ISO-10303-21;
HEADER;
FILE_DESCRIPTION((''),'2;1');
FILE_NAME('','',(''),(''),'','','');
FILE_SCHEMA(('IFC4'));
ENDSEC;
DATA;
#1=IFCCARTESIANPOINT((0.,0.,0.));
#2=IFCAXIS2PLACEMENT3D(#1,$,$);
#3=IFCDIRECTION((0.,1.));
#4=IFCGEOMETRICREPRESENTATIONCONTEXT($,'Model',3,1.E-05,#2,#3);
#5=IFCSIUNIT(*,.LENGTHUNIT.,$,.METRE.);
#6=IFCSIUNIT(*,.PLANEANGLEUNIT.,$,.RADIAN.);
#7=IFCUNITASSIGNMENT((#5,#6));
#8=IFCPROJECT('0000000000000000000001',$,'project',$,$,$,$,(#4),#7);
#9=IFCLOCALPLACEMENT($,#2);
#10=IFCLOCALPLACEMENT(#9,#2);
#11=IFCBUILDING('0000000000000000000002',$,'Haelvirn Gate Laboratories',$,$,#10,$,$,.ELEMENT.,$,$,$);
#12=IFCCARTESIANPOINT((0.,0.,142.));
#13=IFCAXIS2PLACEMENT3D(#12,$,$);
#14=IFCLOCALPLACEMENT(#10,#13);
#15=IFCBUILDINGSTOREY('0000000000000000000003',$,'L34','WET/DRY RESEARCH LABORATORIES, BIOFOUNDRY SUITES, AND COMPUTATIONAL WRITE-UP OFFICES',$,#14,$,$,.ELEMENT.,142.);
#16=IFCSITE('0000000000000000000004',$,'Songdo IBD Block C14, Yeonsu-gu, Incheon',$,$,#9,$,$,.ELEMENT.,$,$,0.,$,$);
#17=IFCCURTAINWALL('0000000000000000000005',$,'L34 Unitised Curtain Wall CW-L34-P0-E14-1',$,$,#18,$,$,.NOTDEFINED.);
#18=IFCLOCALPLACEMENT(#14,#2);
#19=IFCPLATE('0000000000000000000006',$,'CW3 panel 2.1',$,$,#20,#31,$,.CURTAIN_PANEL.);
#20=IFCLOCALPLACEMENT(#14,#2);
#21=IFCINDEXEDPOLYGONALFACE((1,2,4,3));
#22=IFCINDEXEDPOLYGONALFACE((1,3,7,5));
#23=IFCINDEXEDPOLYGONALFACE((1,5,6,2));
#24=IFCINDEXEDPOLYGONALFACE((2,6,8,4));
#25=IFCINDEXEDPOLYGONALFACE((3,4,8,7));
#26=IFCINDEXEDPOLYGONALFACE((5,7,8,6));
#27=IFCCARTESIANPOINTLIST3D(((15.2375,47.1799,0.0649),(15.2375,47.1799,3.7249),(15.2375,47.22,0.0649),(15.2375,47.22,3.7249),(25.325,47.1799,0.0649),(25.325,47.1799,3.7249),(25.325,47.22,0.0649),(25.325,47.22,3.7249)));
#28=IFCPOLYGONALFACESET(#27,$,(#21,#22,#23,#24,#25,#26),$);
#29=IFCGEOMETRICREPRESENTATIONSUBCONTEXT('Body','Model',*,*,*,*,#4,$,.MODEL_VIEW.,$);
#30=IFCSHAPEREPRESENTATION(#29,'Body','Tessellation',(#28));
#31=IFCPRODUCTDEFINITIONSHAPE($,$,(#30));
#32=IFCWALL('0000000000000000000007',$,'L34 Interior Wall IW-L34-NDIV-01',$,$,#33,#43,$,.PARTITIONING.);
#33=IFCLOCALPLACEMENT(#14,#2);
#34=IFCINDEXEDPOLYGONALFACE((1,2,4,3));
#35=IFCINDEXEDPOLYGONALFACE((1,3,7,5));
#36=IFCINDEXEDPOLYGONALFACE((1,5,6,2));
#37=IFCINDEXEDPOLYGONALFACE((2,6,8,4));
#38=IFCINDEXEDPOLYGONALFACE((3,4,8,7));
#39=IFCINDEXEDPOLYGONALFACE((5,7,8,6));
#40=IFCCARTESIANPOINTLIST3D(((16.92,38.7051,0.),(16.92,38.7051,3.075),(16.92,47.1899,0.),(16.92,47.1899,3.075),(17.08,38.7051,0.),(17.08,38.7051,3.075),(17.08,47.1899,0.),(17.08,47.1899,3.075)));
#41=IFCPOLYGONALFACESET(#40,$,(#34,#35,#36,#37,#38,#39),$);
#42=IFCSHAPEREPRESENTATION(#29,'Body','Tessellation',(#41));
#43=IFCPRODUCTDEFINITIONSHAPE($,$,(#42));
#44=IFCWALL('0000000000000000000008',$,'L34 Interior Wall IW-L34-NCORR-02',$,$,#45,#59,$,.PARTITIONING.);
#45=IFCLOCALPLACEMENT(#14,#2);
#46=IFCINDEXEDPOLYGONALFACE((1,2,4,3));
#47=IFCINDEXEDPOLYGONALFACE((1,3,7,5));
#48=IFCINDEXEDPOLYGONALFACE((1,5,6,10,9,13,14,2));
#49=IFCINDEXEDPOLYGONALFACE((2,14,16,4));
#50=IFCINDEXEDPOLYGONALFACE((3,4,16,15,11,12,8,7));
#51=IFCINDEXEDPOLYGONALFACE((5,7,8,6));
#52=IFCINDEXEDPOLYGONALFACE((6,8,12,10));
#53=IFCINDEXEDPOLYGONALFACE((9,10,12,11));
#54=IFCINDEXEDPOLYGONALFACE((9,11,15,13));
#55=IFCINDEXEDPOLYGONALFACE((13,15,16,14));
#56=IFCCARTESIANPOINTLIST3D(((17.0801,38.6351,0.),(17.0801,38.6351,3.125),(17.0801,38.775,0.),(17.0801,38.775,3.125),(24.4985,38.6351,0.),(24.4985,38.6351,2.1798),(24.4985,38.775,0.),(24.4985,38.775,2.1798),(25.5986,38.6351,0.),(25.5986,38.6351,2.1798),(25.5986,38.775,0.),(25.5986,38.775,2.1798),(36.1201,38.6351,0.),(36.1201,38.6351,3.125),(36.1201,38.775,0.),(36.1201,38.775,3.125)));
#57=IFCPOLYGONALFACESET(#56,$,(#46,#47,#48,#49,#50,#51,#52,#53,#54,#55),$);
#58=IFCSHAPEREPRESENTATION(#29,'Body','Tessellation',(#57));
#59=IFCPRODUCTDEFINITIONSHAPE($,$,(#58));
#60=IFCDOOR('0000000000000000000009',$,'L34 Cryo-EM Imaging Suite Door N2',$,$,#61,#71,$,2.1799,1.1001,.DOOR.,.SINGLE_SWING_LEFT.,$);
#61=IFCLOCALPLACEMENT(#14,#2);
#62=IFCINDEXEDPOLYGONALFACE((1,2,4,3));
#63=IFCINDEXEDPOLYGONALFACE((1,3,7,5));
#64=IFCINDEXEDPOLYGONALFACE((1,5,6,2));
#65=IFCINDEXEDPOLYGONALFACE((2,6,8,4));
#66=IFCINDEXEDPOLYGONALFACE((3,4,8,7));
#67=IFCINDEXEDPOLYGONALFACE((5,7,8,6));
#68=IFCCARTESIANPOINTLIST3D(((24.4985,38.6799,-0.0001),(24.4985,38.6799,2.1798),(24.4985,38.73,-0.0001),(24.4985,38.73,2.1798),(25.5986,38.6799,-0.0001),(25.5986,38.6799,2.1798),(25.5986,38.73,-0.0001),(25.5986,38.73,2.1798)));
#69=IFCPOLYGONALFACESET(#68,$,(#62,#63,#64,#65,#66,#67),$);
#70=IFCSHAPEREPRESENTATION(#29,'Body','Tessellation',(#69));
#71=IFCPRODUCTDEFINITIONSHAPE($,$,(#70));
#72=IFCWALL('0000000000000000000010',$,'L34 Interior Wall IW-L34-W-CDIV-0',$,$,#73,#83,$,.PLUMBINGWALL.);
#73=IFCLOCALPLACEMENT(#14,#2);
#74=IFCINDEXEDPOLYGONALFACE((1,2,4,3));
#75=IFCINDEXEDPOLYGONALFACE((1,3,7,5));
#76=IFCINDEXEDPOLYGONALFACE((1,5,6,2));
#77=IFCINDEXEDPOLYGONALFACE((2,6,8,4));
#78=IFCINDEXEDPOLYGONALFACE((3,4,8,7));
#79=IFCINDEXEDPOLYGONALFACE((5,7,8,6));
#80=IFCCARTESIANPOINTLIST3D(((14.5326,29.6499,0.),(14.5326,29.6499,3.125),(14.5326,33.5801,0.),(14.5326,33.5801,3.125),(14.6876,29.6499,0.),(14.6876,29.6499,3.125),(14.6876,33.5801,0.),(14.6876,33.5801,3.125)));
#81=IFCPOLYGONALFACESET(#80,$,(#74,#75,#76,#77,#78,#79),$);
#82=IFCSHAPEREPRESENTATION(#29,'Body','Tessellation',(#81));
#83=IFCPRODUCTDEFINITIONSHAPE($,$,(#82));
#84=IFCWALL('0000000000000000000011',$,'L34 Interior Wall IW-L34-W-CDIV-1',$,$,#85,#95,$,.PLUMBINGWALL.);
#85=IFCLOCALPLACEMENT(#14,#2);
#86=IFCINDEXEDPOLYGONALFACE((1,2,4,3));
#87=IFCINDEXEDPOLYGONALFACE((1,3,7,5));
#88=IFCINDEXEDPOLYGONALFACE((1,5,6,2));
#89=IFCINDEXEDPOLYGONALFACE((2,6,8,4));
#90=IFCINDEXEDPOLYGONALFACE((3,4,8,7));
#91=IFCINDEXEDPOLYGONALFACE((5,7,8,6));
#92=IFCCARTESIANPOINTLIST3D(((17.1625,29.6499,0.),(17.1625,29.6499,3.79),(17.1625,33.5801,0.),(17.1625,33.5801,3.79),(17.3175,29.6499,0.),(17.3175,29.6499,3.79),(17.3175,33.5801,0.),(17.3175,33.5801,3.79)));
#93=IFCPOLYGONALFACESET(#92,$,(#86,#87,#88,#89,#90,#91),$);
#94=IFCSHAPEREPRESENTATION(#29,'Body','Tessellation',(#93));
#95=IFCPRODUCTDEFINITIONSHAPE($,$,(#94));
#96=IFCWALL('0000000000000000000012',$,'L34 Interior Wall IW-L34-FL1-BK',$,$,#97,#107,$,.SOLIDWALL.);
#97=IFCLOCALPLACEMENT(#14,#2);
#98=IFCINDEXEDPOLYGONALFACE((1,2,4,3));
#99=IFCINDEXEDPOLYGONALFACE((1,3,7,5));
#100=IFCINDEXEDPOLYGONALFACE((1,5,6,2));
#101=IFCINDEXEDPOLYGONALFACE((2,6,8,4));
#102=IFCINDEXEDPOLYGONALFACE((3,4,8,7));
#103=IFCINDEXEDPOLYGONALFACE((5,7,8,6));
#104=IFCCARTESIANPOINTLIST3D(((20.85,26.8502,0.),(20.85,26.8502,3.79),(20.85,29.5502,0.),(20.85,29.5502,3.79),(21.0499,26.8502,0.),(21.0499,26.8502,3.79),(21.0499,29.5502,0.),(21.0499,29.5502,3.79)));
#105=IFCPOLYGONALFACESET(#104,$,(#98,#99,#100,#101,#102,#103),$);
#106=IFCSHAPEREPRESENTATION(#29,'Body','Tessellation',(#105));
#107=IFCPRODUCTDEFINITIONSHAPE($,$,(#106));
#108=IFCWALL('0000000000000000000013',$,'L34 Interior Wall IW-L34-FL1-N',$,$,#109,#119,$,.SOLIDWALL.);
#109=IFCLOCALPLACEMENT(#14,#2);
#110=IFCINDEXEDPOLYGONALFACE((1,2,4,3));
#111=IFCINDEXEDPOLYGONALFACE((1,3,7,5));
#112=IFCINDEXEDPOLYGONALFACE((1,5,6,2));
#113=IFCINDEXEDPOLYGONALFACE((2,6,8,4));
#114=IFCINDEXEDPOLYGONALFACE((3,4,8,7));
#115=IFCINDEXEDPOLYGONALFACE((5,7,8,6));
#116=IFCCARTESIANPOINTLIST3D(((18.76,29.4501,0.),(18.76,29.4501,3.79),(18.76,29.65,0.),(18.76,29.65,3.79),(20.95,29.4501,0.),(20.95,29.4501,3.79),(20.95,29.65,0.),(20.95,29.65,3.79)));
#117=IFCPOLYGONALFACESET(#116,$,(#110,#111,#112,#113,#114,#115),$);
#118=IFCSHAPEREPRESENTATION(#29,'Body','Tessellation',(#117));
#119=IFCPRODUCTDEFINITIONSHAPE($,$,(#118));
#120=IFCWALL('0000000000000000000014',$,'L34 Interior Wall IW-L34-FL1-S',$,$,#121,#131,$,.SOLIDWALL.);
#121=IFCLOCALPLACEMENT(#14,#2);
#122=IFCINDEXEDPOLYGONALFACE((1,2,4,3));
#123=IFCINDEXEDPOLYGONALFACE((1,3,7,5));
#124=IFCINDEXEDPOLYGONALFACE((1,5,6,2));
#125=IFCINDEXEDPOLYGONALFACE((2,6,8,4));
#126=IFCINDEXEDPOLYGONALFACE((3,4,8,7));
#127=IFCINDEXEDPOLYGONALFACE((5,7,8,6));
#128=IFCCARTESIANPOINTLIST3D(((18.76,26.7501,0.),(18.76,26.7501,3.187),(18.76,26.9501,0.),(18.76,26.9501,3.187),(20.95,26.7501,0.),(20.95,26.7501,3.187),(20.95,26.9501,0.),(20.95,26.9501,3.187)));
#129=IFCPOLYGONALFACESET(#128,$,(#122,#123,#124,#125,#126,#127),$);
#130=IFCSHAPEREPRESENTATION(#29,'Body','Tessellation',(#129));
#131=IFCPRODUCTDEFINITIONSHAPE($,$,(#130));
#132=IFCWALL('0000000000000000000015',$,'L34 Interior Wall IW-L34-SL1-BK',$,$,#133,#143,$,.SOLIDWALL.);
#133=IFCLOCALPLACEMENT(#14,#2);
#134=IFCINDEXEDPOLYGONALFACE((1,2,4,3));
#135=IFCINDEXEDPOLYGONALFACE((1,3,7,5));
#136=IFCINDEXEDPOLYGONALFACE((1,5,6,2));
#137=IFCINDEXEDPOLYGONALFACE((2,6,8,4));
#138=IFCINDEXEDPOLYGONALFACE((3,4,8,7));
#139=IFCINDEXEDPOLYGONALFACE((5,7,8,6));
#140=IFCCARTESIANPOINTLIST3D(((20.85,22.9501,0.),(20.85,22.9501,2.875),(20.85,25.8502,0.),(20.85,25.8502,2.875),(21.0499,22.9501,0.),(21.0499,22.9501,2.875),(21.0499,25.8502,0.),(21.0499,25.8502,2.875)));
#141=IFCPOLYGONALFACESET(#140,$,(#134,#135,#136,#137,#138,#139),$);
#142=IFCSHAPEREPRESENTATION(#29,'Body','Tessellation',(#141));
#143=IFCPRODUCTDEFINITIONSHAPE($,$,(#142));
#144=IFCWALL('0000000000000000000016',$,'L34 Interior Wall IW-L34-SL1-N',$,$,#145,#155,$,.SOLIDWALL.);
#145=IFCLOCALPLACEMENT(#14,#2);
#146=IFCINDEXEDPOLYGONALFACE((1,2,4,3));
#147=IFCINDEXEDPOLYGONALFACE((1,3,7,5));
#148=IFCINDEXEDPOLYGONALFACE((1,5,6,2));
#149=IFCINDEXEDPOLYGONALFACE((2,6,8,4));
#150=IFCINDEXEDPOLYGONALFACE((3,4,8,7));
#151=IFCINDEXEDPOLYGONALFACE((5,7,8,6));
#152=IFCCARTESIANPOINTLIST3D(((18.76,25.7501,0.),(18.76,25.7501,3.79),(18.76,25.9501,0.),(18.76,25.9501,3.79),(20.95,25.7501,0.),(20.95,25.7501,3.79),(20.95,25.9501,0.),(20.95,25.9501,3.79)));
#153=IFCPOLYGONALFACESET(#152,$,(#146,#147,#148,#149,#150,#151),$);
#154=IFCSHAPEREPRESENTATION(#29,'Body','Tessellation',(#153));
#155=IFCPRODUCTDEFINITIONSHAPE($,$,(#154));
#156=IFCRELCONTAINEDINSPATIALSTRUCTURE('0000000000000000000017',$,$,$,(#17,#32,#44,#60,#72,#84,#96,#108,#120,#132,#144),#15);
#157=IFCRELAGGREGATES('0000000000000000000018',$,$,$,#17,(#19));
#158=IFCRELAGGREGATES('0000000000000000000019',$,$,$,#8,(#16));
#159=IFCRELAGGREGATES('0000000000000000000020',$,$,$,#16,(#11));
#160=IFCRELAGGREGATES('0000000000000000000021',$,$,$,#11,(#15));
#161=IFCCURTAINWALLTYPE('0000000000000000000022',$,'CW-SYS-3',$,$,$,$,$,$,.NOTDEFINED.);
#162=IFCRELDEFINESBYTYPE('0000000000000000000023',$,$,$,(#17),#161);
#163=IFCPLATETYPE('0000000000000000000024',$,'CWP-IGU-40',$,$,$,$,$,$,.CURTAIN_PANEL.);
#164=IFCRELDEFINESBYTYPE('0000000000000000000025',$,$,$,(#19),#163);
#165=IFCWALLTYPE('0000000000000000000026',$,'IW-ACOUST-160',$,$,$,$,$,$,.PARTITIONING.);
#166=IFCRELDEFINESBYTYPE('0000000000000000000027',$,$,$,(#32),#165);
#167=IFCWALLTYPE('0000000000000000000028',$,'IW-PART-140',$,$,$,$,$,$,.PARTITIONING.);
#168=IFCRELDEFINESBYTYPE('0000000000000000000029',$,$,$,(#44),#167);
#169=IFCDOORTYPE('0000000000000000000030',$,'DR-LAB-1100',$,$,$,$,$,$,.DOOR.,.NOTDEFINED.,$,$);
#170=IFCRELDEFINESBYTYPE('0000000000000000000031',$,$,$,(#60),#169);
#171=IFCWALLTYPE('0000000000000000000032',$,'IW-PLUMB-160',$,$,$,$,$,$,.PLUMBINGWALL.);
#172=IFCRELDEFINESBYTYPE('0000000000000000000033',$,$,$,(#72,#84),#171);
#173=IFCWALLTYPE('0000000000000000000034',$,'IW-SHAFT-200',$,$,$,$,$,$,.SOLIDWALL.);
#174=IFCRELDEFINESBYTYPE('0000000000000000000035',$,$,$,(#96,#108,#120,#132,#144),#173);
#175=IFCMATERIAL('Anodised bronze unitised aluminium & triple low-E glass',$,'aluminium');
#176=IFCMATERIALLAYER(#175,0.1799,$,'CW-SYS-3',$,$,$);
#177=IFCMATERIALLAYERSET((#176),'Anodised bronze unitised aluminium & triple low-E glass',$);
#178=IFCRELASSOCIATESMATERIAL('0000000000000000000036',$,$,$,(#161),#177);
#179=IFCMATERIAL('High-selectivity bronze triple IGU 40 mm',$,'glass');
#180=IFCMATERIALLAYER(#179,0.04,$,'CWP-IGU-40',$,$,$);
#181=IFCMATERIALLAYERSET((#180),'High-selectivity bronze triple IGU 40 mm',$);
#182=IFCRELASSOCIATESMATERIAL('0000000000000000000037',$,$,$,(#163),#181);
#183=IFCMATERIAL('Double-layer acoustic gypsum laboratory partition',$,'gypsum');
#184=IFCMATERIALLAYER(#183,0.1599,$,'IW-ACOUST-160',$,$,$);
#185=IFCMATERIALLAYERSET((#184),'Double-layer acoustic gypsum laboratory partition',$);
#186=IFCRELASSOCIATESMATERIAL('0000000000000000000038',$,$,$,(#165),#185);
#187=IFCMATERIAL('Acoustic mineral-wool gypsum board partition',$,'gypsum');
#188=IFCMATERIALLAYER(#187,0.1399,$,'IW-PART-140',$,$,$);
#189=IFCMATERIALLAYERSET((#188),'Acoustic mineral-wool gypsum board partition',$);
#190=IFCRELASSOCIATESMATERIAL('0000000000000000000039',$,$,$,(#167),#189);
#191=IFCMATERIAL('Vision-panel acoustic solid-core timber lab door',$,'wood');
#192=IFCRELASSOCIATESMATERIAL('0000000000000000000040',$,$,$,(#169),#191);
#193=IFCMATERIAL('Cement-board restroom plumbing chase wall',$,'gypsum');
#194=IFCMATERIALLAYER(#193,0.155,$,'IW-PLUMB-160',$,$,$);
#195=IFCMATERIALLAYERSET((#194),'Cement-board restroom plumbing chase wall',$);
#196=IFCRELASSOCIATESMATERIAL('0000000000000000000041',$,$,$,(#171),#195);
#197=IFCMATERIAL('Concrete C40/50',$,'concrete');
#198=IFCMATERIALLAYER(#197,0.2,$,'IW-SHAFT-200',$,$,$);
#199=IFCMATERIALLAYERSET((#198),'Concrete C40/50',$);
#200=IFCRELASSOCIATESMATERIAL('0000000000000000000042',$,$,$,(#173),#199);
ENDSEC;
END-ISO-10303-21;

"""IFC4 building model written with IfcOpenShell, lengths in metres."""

from ifc_helpers import new_model, si_unit, direction, frame, frame_2d, origin, origin_2d, place, context, subcontext, project, spatial, rectangle, extrude, source, transform, mapped, material, layer, layer_set, type_object, type_shapes, element, fill, aggregate, save


model = new_model("IFC4")

# Units and contexts
model_context = context("Model", 3, precision=1e-05, world=origin(), true_north=direction((0.0, 1.0)))
body_context = subcontext(model_context, "Body", "Model", "MODEL_VIEW")
ifc_project = project(units=[si_unit("LENGTHUNIT", "METRE"), si_unit("PLANEANGLEUNIT", "RADIAN")], contexts=[model_context])

# Site, building, storey
site_placement = place(None, origin())
site = spatial("IfcSite", under=ifc_project, at=site_placement, Name="Songdo IBD Block C14, Yeonsu-gu, Incheon", CompositionType="ELEMENT", RefElevation=0.0)
building_placement = place(site_placement, origin())
building = spatial("IfcBuilding", under=site, at=building_placement, Name="Haelvirn Gate Laboratories", CompositionType="ELEMENT")
storey_placement = place(building_placement, frame((0.0, 0.0, 142.0)))
storey = spatial("IfcBuildingStorey", under=building, at=storey_placement, Name="L34", Description="WET/DRY RESEARCH LABORATORIES, BIOFOUNDRY SUITES, AND COMPUTATIONAL WRITE-UP OFFICES", CompositionType="ELEMENT", Elevation=142.0)

# Curtain wall, plate
ifc_material_1 = material(Name="Anodised bronze unitised aluminium & triple low-E glass", Category="aluminium")
ifc_layer_1 = layer(ifc_material_1, 0.1799, Name="CW-SYS-3")
ifc_layer_set_1 = layer_set([ifc_layer_1], Name="Anodised bronze unitised aluminium & triple low-E glass")
curtain_wall_type = type_object("IfcCurtainWallType", Name="CW-SYS-3", PredefinedType="NOTDEFINED", material=ifc_layer_set_1)
curtain_wall_placement = place(storey_placement, origin())
curtain_wall = element("IfcCurtainWall", 1, at=curtain_wall_placement, inside=storey, type_object=curtain_wall_type, Name="L34 Unitised Curtain Wall CW-L34-P0-E14-1", PredefinedType="NOTDEFINED")
ifc_material_2 = material(Name="High-selectivity bronze triple IGU 40 mm", Category="glass")
ifc_layer_2 = layer(ifc_material_2, 0.04, Name="CWP-IGU-40")
ifc_layer_set_2 = layer_set([ifc_layer_2], Name="High-selectivity bronze triple IGU 40 mm")
plate_type = type_object("IfcPlateType", Name="CWP-IGU-40", PredefinedType="CURTAIN_PANEL", material=ifc_layer_set_2)
shared_shape_1 = source(origin(), body_context, "Body", "SweptSolid", [
    extrude(rectangle(XDim=10.0874, YDim=0.04, at=origin_2d()), origin(), (0.0, 0.0, 1.0), 3.6599),
])
type_shapes(plate_type, [shared_shape_1])
plate_placement = place(storey_placement, frame((20.2812, 47.2, 0.0649), z_axis=(0.0, 0.0, 1.0), x_axis=(1.0, 0.0, 0.0)))
plate = element("IfcPlate", 2, at=plate_placement, type_object=plate_type, Name="CW3 panel 2.1", PredefinedType="CURTAIN_PANEL", context=body_context, shape_type="MappedRepresentation", body=[
    mapped(shared_shape_1, transform((0.0, 0.0, 0.0), scale=1.0)),
])
aggregate(curtain_wall, [plate])

# Wall
ifc_material_3 = material(Name="Double-layer acoustic gypsum laboratory partition", Category="gypsum")
ifc_layer_3 = layer(ifc_material_3, 0.1599, Name="IW-ACOUST-160")
ifc_layer_set_3 = layer_set([ifc_layer_3], Name="Double-layer acoustic gypsum laboratory partition")
wall_type_1 = type_object("IfcWallType", Name="IW-ACOUST-160", PredefinedType="PARTITIONING", material=ifc_layer_set_3)
wall_1_placement = place(storey_placement, frame((17.0, 38.7051, 0.0), z_axis=(0.0, 0.0, 1.0), x_axis=(0.0, 1.0, 0.0)))
element("IfcWall", 3, at=wall_1_placement, inside=storey, type_object=wall_type_1, Name="L34 Interior Wall IW-L34-NDIV-01", PredefinedType="PARTITIONING", context=body_context, shape_type="SweptSolid", body=[
    extrude(rectangle(XDim=8.4849, YDim=0.1599, at=frame_2d((4.2424, 0.0))), origin(), (0.0, 0.0, 1.0), 3.075),
])

# Wall, opening, door
ifc_material_4 = material(Name="Acoustic mineral-wool gypsum board partition", Category="gypsum")
ifc_layer_4 = layer(ifc_material_4, 0.1399, Name="IW-PART-140")
ifc_layer_set_4 = layer_set([ifc_layer_4], Name="Acoustic mineral-wool gypsum board partition")
wall_type_2 = type_object("IfcWallType", Name="IW-PART-140", PredefinedType="PARTITIONING", material=ifc_layer_set_4)
wall_2_placement = place(storey_placement, frame((17.0801, 38.7051, 0.0), z_axis=(0.0, 0.0, 1.0), x_axis=(1.0, 0.0, 0.0)))
wall_2 = element("IfcWall", 4, at=wall_2_placement, inside=storey, type_object=wall_type_2, Name="L34 Interior Wall IW-L34-NCORR-02", PredefinedType="PARTITIONING", context=body_context, shape_type="SweptSolid", body=[
    extrude(rectangle(XDim=19.04, YDim=0.1399, at=frame_2d((9.52, 0.0))), origin(), (0.0, 0.0, 1.0), 3.125),
])
opening_1_placement = place(wall_2_placement, frame((7.4185, 0.0, 0.0)))
opening_1 = element("IfcOpeningElement", 5, at=opening_1_placement, cuts=wall_2, PredefinedType="OPENING", context=body_context, shape_type="SweptSolid", body=[
    extrude(rectangle(XDim=1.1001, YDim=2.1799, at=frame_2d((0.55, 1.0898))), frame((0.0, 0.0801, 0.0), z_axis=(0.0, -1.0, 0.0), x_axis=(1.0, 0.0, 0.0)), (0.0, 0.0, 1.0), 0.1599),
])
ifc_material_5 = material(Name="Vision-panel acoustic solid-core timber lab door", Category="wood")
door_type_1 = type_object("IfcDoorType", Name="DR-LAB-1100", OperationType="NOTDEFINED", PredefinedType="DOOR", material=ifc_material_5)
shared_shape_2 = source(origin(), body_context, "Body", "SweptSolid", [
    extrude(rectangle(XDim=1.1001, YDim=2.1799, at=frame_2d((0.55, 1.0898))), frame((0.0, 0.0249, 0.0), z_axis=(0.0, -1.0, 0.0), x_axis=(1.0, 0.0, 0.0)), (0.0, 0.0, 1.0), 0.05),
])
type_shapes(door_type_1, [shared_shape_2])
door_1_placement = place(opening_1_placement, origin())
door_1 = element("IfcDoor", 6, at=door_1_placement, inside=storey, type_object=door_type_1, Name="L34 Cryo-EM Imaging Suite Door N2", OperationType="SINGLE_SWING_LEFT", OverallHeight=2.1799, OverallWidth=1.1001, PredefinedType="DOOR", context=body_context, shape_type="MappedRepresentation", body=[
    mapped(shared_shape_2, transform((0.0, 0.0, 0.0), scale=1.0)),
])
fill(opening_1, door_1)

# Walls
ifc_material_6 = material(Name="Cement-board restroom plumbing chase wall", Category="gypsum")
ifc_layer_5 = layer(ifc_material_6, 0.155, Name="IW-PLUMB-160")
ifc_layer_set_5 = layer_set([ifc_layer_5], Name="Cement-board restroom plumbing chase wall")
wall_type_3 = type_object("IfcWallType", Name="IW-PLUMB-160", PredefinedType="PLUMBINGWALL", material=ifc_layer_set_5)
wall_3_placement = place(storey_placement, frame((14.6101, 29.6499, 0.0), z_axis=(0.0, 0.0, 1.0), x_axis=(0.0, 1.0, 0.0)))
element("IfcWall", 7, at=wall_3_placement, inside=storey, type_object=wall_type_3, Name="L34 Interior Wall IW-L34-W-CDIV-0", PredefinedType="PLUMBINGWALL", context=body_context, shape_type="SweptSolid", body=[
    extrude(rectangle(XDim=3.9302, YDim=0.155, at=frame_2d((1.9651, 0.0))), origin(), (0.0, 0.0, 1.0), 3.125),
])
wall_4_placement = place(storey_placement, frame((17.24, 29.6499, 0.0), z_axis=(0.0, 0.0, 1.0), x_axis=(0.0, 1.0, 0.0)))
element("IfcWall", 8, at=wall_4_placement, inside=storey, type_object=wall_type_3, Name="L34 Interior Wall IW-L34-W-CDIV-1", PredefinedType="PLUMBINGWALL", context=body_context, shape_type="SweptSolid", body=[
    extrude(rectangle(XDim=3.9302, YDim=0.155, at=frame_2d((1.9651, 0.0))), origin(), (0.0, 0.0, 1.0), 3.79),
])
ifc_material_7 = material(Name="Concrete C40/50", Category="concrete")
ifc_layer_6 = layer(ifc_material_7, 0.2, Name="IW-SHAFT-200")
ifc_layer_set_6 = layer_set([ifc_layer_6], Name="Concrete C40/50")
wall_type_4 = type_object("IfcWallType", Name="IW-SHAFT-200", PredefinedType="SOLIDWALL", material=ifc_layer_set_6)
wall_5_placement = place(storey_placement, frame((20.95, 26.8501, 0.0), z_axis=(0.0, 0.0, 1.0), x_axis=(0.0, 1.0, 0.0)))
element("IfcWall", 9, at=wall_5_placement, inside=storey, type_object=wall_type_4, Name="L34 Interior Wall IW-L34-FL1-BK", PredefinedType="SOLIDWALL", context=body_context, shape_type="SweptSolid", body=[
    extrude(rectangle(XDim=2.7, YDim=0.2, at=frame_2d((1.3501, 0.0))), origin(), (0.0, 0.0, 1.0), 3.79),
])
wall_6_placement = place(storey_placement, frame((18.76, 29.55, 0.0), z_axis=(0.0, 0.0, 1.0), x_axis=(1.0, 0.0, 0.0)))
element("IfcWall", 10, at=wall_6_placement, inside=storey, type_object=wall_type_4, Name="L34 Interior Wall IW-L34-FL1-N", PredefinedType="SOLIDWALL", context=body_context, shape_type="SweptSolid", body=[
    extrude(rectangle(XDim=2.1899, YDim=0.2, at=frame_2d((1.095, 0.0))), origin(), (0.0, 0.0, 1.0), 3.79),
])
wall_7_placement = place(storey_placement, frame((18.76, 26.8501, 0.0), z_axis=(0.0, 0.0, 1.0), x_axis=(1.0, 0.0, 0.0)))
element("IfcWall", 11, at=wall_7_placement, inside=storey, type_object=wall_type_4, Name="L34 Interior Wall IW-L34-FL1-S", PredefinedType="SOLIDWALL", context=body_context, shape_type="SweptSolid", body=[
    extrude(rectangle(XDim=2.1899, YDim=0.2, at=frame_2d((1.095, 0.0))), origin(), (0.0, 0.0, 1.0), 3.187),
])
wall_8_placement = place(storey_placement, frame((20.95, 22.95, 0.0), z_axis=(0.0, 0.0, 1.0), x_axis=(0.0, 1.0, 0.0)))
element("IfcWall", 12, at=wall_8_placement, inside=storey, type_object=wall_type_4, Name="L34 Interior Wall IW-L34-SL1-BK", PredefinedType="SOLIDWALL", context=body_context, shape_type="SweptSolid", body=[
    extrude(rectangle(XDim=2.9001, YDim=0.2, at=frame_2d((1.4502, 0.0))), origin(), (0.0, 0.0, 1.0), 2.875),
])
wall_9_placement = place(storey_placement, frame((18.76, 25.8501, 0.0), z_axis=(0.0, 0.0, 1.0), x_axis=(1.0, 0.0, 0.0)))
element("IfcWall", 13, at=wall_9_placement, inside=storey, type_object=wall_type_4, Name="L34 Interior Wall IW-L34-SL1-N", PredefinedType="SOLIDWALL", context=body_context, shape_type="SweptSolid", body=[
    extrude(rectangle(XDim=2.1899, YDim=0.2, at=frame_2d((1.095, 0.0))), origin(), (0.0, 0.0, 1.0), 3.79),
])

save(model, "model.ifc")
